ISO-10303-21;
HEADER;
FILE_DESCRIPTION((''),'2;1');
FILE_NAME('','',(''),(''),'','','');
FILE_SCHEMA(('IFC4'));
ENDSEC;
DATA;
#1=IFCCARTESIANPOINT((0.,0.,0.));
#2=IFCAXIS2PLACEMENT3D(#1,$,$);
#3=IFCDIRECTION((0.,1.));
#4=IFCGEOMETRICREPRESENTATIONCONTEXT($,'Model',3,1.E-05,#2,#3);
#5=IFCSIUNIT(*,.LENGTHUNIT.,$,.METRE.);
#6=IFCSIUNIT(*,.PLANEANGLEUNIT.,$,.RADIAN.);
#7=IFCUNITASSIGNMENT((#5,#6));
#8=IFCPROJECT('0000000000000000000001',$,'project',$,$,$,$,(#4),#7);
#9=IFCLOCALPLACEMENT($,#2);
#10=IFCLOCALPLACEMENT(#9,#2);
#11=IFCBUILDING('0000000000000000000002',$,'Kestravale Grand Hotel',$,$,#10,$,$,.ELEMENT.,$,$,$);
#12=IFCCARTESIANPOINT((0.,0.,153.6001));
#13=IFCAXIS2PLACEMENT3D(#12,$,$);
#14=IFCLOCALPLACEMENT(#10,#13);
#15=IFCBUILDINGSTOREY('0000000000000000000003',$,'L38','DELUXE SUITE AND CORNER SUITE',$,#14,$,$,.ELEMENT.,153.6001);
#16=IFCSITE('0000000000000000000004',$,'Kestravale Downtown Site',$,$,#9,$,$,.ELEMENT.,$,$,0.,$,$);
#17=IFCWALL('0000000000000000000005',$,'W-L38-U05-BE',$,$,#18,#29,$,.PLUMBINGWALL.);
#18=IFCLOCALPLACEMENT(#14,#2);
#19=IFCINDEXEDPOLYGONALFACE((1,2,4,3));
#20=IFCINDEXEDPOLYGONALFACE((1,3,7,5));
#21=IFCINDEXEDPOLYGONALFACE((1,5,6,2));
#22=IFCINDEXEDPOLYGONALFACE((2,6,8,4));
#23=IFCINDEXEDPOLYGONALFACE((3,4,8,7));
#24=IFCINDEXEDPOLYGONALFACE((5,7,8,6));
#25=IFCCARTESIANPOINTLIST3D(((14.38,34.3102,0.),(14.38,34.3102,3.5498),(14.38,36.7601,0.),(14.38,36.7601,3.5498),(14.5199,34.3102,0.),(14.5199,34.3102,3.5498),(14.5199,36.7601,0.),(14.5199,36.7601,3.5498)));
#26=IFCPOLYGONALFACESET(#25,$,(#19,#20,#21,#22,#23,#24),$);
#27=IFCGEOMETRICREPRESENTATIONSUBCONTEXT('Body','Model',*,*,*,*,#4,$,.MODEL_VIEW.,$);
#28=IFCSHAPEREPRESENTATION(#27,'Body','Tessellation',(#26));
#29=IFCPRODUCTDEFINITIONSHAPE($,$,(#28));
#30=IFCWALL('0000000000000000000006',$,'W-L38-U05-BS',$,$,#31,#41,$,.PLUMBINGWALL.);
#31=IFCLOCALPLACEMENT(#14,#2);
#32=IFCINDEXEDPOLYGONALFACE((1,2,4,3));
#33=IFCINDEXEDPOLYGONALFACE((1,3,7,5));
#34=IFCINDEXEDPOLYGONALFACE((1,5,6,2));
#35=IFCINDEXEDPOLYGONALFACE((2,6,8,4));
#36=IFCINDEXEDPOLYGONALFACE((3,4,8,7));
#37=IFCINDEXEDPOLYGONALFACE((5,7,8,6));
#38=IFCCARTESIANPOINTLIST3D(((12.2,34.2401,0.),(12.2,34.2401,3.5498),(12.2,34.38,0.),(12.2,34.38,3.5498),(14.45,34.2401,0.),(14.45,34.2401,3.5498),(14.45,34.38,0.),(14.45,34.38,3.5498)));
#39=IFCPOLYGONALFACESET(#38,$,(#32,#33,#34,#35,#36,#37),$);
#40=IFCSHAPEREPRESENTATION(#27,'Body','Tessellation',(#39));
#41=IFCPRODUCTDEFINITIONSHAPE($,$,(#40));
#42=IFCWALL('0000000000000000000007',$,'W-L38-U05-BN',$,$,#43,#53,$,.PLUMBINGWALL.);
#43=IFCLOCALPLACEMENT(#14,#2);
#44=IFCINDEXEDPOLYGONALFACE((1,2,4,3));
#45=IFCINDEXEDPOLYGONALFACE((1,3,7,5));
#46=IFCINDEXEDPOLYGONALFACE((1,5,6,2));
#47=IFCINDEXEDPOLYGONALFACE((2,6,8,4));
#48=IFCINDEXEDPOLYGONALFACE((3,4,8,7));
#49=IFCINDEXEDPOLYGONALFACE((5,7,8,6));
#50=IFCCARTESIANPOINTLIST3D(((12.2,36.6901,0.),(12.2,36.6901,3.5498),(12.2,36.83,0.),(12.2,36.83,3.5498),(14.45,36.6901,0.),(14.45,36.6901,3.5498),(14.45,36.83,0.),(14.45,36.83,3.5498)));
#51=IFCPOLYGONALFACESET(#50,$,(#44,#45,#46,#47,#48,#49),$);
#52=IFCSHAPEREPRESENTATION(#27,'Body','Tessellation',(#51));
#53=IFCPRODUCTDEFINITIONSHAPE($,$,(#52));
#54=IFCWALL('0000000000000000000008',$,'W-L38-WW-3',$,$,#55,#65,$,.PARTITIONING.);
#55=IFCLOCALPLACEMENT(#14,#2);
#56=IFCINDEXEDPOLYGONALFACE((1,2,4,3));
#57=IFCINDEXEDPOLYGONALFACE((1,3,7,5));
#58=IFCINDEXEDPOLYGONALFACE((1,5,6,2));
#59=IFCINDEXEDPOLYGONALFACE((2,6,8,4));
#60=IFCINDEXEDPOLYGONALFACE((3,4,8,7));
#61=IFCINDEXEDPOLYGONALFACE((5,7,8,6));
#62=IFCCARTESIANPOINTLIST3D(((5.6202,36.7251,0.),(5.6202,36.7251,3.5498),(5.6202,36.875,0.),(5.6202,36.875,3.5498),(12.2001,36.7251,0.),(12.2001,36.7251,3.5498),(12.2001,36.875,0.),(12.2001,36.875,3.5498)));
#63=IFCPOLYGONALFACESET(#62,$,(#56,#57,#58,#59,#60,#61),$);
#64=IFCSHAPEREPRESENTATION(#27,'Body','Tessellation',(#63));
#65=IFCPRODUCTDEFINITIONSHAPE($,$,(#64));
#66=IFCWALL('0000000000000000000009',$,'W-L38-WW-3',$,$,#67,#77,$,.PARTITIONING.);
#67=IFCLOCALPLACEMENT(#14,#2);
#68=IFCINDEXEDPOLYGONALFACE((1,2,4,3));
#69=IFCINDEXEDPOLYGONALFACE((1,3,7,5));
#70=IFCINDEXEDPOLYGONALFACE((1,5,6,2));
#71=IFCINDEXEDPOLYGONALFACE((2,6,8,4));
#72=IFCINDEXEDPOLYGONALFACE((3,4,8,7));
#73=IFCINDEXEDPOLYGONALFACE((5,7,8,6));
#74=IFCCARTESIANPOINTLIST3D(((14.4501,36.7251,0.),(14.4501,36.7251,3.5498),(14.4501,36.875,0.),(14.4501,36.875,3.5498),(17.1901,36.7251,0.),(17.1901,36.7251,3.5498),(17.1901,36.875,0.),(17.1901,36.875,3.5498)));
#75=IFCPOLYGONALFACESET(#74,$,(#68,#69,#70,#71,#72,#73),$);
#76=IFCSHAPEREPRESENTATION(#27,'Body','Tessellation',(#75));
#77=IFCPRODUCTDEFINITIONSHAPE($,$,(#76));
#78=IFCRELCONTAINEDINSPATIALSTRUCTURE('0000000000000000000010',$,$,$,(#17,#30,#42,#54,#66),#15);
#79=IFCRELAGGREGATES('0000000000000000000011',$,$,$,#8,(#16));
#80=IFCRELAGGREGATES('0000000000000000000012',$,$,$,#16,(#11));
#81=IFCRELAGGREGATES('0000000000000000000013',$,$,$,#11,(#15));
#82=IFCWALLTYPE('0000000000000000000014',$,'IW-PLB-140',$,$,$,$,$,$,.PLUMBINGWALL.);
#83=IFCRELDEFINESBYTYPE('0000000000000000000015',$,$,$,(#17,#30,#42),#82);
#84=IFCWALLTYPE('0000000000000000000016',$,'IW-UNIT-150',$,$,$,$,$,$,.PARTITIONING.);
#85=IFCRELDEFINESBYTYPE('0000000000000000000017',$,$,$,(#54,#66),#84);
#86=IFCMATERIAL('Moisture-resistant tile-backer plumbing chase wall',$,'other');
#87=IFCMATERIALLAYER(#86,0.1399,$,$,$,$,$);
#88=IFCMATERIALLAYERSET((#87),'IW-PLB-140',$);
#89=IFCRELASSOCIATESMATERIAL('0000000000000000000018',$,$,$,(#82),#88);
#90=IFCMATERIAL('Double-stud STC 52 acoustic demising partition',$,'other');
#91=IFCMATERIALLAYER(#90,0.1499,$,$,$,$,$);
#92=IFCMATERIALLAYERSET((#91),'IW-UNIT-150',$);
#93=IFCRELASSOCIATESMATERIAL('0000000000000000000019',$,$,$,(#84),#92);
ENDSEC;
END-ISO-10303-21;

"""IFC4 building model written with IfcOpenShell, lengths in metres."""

from ifc_helpers import new_model, si_unit, direction, frame, frame_2d, origin, place, context, subcontext, project, spatial, rectangle, extrude, material, layer, layer_set, type_object, element, save


model = new_model("IFC4")

# Units and contexts
model_context = context("Model", 3, precision=1e-05, world=origin(), true_north=direction((0.0, 1.0)))
body_context = subcontext(model_context, "Body", "Model", "MODEL_VIEW")
ifc_project = project(units=[si_unit("LENGTHUNIT", "METRE"), si_unit("PLANEANGLEUNIT", "RADIAN")], contexts=[model_context])

# Site, building, storey
site_placement = place(None, origin())
site = spatial("IfcSite", under=ifc_project, at=site_placement, Name="Kestravale Downtown Site", CompositionType="ELEMENT", RefElevation=0.0)
building_placement = place(site_placement, origin())
building = spatial("IfcBuilding", under=site, at=building_placement, Name="Kestravale Grand Hotel", CompositionType="ELEMENT")
storey_placement = place(building_placement, frame((0.0, 0.0, 153.6001)))
storey = spatial("IfcBuildingStorey", under=building, at=storey_placement, Name="L38", Description="DELUXE SUITE AND CORNER SUITE", CompositionType="ELEMENT", Elevation=153.6001)

# Shared definitions
ifc_material_1 = material(Name="Moisture-resistant tile-backer plumbing chase wall", Category="other")
ifc_layer_1 = layer(ifc_material_1, 0.1399)
ifc_layer_set_1 = layer_set([ifc_layer_1], Name="IW-PLB-140")
wall_type_1 = type_object("IfcWallType", Name="IW-PLB-140", PredefinedType="PLUMBINGWALL", material=ifc_layer_set_1)

# Walls
wall_1_placement = place(storey_placement, frame((14.45, 34.3101, 0.0), z_axis=(0.0, 0.0, 1.0), x_axis=(0.0, 1.0, 0.0)))
element("IfcWall", 1, at=wall_1_placement, inside=storey, type_object=wall_type_1, Name="W-L38-U05-BE", PredefinedType="PLUMBINGWALL", context=body_context, shape_type="SweptSolid", body=[
    extrude(rectangle(XDim=2.45, YDim=0.1399, at=frame_2d((1.2251, 0.0))), origin(), (0.0, 0.0, 1.0), 3.5498),
])
for number, where, z_axis, x_axis, name in (
    (2, (12.2, 34.3101, 0.0), (0.0, 0.0, 1.0), (1.0, 0.0, 0.0), "W-L38-U05-BS"),
    (3, (12.2, 36.76, 0.0), (0.0, 0.0, 1.0), (1.0, 0.0, 0.0), "W-L38-U05-BN"),
):
    element("IfcWall", number, at=place(storey_placement, frame(where, z_axis=z_axis, x_axis=x_axis)), inside=storey, type_object=wall_type_1, Name=name, PredefinedType="PLUMBINGWALL", context=body_context, shape_type="SweptSolid", body=[
        extrude(rectangle(XDim=2.25, YDim=0.1399, at=frame_2d((1.125, 0.0))), origin(), (0.0, 0.0, 1.0), 3.5498),
    ])
ifc_material_2 = material(Name="Double-stud STC 52 acoustic demising partition", Category="other")
ifc_layer_2 = layer(ifc_material_2, 0.1499)
ifc_layer_set_2 = layer_set([ifc_layer_2], Name="IW-UNIT-150")
wall_type_2 = type_object("IfcWallType", Name="IW-UNIT-150", PredefinedType="PARTITIONING", material=ifc_layer_set_2)
wall_2_placement = place(storey_placement, frame((5.6201, 36.8, 0.0), z_axis=(0.0, 0.0, 1.0), x_axis=(1.0, 0.0, 0.0)))
element("IfcWall", 4, at=wall_2_placement, inside=storey, type_object=wall_type_2, Name="W-L38-WW-3", PredefinedType="PARTITIONING", context=body_context, shape_type="SweptSolid", body=[
    extrude(rectangle(XDim=6.5798, YDim=0.1499, at=frame_2d((3.29, 0.0))), origin(), (0.0, 0.0, 1.0), 3.5498),
])
wall_3_placement = place(storey_placement, frame((14.45, 36.8, 0.0), z_axis=(0.0, 0.0, 1.0), x_axis=(1.0, 0.0, 0.0)))
element("IfcWall", 5, at=wall_3_placement, inside=storey, type_object=wall_type_2, Name="W-L38-WW-3", PredefinedType="PARTITIONING", context=body_context, shape_type="SweptSolid", body=[
    extrude(rectangle(XDim=2.74, YDim=0.1499, at=frame_2d((1.3701, 0.0))), origin(), (0.0, 0.0, 1.0), 3.5498),
])

save(model, "model.ifc")
